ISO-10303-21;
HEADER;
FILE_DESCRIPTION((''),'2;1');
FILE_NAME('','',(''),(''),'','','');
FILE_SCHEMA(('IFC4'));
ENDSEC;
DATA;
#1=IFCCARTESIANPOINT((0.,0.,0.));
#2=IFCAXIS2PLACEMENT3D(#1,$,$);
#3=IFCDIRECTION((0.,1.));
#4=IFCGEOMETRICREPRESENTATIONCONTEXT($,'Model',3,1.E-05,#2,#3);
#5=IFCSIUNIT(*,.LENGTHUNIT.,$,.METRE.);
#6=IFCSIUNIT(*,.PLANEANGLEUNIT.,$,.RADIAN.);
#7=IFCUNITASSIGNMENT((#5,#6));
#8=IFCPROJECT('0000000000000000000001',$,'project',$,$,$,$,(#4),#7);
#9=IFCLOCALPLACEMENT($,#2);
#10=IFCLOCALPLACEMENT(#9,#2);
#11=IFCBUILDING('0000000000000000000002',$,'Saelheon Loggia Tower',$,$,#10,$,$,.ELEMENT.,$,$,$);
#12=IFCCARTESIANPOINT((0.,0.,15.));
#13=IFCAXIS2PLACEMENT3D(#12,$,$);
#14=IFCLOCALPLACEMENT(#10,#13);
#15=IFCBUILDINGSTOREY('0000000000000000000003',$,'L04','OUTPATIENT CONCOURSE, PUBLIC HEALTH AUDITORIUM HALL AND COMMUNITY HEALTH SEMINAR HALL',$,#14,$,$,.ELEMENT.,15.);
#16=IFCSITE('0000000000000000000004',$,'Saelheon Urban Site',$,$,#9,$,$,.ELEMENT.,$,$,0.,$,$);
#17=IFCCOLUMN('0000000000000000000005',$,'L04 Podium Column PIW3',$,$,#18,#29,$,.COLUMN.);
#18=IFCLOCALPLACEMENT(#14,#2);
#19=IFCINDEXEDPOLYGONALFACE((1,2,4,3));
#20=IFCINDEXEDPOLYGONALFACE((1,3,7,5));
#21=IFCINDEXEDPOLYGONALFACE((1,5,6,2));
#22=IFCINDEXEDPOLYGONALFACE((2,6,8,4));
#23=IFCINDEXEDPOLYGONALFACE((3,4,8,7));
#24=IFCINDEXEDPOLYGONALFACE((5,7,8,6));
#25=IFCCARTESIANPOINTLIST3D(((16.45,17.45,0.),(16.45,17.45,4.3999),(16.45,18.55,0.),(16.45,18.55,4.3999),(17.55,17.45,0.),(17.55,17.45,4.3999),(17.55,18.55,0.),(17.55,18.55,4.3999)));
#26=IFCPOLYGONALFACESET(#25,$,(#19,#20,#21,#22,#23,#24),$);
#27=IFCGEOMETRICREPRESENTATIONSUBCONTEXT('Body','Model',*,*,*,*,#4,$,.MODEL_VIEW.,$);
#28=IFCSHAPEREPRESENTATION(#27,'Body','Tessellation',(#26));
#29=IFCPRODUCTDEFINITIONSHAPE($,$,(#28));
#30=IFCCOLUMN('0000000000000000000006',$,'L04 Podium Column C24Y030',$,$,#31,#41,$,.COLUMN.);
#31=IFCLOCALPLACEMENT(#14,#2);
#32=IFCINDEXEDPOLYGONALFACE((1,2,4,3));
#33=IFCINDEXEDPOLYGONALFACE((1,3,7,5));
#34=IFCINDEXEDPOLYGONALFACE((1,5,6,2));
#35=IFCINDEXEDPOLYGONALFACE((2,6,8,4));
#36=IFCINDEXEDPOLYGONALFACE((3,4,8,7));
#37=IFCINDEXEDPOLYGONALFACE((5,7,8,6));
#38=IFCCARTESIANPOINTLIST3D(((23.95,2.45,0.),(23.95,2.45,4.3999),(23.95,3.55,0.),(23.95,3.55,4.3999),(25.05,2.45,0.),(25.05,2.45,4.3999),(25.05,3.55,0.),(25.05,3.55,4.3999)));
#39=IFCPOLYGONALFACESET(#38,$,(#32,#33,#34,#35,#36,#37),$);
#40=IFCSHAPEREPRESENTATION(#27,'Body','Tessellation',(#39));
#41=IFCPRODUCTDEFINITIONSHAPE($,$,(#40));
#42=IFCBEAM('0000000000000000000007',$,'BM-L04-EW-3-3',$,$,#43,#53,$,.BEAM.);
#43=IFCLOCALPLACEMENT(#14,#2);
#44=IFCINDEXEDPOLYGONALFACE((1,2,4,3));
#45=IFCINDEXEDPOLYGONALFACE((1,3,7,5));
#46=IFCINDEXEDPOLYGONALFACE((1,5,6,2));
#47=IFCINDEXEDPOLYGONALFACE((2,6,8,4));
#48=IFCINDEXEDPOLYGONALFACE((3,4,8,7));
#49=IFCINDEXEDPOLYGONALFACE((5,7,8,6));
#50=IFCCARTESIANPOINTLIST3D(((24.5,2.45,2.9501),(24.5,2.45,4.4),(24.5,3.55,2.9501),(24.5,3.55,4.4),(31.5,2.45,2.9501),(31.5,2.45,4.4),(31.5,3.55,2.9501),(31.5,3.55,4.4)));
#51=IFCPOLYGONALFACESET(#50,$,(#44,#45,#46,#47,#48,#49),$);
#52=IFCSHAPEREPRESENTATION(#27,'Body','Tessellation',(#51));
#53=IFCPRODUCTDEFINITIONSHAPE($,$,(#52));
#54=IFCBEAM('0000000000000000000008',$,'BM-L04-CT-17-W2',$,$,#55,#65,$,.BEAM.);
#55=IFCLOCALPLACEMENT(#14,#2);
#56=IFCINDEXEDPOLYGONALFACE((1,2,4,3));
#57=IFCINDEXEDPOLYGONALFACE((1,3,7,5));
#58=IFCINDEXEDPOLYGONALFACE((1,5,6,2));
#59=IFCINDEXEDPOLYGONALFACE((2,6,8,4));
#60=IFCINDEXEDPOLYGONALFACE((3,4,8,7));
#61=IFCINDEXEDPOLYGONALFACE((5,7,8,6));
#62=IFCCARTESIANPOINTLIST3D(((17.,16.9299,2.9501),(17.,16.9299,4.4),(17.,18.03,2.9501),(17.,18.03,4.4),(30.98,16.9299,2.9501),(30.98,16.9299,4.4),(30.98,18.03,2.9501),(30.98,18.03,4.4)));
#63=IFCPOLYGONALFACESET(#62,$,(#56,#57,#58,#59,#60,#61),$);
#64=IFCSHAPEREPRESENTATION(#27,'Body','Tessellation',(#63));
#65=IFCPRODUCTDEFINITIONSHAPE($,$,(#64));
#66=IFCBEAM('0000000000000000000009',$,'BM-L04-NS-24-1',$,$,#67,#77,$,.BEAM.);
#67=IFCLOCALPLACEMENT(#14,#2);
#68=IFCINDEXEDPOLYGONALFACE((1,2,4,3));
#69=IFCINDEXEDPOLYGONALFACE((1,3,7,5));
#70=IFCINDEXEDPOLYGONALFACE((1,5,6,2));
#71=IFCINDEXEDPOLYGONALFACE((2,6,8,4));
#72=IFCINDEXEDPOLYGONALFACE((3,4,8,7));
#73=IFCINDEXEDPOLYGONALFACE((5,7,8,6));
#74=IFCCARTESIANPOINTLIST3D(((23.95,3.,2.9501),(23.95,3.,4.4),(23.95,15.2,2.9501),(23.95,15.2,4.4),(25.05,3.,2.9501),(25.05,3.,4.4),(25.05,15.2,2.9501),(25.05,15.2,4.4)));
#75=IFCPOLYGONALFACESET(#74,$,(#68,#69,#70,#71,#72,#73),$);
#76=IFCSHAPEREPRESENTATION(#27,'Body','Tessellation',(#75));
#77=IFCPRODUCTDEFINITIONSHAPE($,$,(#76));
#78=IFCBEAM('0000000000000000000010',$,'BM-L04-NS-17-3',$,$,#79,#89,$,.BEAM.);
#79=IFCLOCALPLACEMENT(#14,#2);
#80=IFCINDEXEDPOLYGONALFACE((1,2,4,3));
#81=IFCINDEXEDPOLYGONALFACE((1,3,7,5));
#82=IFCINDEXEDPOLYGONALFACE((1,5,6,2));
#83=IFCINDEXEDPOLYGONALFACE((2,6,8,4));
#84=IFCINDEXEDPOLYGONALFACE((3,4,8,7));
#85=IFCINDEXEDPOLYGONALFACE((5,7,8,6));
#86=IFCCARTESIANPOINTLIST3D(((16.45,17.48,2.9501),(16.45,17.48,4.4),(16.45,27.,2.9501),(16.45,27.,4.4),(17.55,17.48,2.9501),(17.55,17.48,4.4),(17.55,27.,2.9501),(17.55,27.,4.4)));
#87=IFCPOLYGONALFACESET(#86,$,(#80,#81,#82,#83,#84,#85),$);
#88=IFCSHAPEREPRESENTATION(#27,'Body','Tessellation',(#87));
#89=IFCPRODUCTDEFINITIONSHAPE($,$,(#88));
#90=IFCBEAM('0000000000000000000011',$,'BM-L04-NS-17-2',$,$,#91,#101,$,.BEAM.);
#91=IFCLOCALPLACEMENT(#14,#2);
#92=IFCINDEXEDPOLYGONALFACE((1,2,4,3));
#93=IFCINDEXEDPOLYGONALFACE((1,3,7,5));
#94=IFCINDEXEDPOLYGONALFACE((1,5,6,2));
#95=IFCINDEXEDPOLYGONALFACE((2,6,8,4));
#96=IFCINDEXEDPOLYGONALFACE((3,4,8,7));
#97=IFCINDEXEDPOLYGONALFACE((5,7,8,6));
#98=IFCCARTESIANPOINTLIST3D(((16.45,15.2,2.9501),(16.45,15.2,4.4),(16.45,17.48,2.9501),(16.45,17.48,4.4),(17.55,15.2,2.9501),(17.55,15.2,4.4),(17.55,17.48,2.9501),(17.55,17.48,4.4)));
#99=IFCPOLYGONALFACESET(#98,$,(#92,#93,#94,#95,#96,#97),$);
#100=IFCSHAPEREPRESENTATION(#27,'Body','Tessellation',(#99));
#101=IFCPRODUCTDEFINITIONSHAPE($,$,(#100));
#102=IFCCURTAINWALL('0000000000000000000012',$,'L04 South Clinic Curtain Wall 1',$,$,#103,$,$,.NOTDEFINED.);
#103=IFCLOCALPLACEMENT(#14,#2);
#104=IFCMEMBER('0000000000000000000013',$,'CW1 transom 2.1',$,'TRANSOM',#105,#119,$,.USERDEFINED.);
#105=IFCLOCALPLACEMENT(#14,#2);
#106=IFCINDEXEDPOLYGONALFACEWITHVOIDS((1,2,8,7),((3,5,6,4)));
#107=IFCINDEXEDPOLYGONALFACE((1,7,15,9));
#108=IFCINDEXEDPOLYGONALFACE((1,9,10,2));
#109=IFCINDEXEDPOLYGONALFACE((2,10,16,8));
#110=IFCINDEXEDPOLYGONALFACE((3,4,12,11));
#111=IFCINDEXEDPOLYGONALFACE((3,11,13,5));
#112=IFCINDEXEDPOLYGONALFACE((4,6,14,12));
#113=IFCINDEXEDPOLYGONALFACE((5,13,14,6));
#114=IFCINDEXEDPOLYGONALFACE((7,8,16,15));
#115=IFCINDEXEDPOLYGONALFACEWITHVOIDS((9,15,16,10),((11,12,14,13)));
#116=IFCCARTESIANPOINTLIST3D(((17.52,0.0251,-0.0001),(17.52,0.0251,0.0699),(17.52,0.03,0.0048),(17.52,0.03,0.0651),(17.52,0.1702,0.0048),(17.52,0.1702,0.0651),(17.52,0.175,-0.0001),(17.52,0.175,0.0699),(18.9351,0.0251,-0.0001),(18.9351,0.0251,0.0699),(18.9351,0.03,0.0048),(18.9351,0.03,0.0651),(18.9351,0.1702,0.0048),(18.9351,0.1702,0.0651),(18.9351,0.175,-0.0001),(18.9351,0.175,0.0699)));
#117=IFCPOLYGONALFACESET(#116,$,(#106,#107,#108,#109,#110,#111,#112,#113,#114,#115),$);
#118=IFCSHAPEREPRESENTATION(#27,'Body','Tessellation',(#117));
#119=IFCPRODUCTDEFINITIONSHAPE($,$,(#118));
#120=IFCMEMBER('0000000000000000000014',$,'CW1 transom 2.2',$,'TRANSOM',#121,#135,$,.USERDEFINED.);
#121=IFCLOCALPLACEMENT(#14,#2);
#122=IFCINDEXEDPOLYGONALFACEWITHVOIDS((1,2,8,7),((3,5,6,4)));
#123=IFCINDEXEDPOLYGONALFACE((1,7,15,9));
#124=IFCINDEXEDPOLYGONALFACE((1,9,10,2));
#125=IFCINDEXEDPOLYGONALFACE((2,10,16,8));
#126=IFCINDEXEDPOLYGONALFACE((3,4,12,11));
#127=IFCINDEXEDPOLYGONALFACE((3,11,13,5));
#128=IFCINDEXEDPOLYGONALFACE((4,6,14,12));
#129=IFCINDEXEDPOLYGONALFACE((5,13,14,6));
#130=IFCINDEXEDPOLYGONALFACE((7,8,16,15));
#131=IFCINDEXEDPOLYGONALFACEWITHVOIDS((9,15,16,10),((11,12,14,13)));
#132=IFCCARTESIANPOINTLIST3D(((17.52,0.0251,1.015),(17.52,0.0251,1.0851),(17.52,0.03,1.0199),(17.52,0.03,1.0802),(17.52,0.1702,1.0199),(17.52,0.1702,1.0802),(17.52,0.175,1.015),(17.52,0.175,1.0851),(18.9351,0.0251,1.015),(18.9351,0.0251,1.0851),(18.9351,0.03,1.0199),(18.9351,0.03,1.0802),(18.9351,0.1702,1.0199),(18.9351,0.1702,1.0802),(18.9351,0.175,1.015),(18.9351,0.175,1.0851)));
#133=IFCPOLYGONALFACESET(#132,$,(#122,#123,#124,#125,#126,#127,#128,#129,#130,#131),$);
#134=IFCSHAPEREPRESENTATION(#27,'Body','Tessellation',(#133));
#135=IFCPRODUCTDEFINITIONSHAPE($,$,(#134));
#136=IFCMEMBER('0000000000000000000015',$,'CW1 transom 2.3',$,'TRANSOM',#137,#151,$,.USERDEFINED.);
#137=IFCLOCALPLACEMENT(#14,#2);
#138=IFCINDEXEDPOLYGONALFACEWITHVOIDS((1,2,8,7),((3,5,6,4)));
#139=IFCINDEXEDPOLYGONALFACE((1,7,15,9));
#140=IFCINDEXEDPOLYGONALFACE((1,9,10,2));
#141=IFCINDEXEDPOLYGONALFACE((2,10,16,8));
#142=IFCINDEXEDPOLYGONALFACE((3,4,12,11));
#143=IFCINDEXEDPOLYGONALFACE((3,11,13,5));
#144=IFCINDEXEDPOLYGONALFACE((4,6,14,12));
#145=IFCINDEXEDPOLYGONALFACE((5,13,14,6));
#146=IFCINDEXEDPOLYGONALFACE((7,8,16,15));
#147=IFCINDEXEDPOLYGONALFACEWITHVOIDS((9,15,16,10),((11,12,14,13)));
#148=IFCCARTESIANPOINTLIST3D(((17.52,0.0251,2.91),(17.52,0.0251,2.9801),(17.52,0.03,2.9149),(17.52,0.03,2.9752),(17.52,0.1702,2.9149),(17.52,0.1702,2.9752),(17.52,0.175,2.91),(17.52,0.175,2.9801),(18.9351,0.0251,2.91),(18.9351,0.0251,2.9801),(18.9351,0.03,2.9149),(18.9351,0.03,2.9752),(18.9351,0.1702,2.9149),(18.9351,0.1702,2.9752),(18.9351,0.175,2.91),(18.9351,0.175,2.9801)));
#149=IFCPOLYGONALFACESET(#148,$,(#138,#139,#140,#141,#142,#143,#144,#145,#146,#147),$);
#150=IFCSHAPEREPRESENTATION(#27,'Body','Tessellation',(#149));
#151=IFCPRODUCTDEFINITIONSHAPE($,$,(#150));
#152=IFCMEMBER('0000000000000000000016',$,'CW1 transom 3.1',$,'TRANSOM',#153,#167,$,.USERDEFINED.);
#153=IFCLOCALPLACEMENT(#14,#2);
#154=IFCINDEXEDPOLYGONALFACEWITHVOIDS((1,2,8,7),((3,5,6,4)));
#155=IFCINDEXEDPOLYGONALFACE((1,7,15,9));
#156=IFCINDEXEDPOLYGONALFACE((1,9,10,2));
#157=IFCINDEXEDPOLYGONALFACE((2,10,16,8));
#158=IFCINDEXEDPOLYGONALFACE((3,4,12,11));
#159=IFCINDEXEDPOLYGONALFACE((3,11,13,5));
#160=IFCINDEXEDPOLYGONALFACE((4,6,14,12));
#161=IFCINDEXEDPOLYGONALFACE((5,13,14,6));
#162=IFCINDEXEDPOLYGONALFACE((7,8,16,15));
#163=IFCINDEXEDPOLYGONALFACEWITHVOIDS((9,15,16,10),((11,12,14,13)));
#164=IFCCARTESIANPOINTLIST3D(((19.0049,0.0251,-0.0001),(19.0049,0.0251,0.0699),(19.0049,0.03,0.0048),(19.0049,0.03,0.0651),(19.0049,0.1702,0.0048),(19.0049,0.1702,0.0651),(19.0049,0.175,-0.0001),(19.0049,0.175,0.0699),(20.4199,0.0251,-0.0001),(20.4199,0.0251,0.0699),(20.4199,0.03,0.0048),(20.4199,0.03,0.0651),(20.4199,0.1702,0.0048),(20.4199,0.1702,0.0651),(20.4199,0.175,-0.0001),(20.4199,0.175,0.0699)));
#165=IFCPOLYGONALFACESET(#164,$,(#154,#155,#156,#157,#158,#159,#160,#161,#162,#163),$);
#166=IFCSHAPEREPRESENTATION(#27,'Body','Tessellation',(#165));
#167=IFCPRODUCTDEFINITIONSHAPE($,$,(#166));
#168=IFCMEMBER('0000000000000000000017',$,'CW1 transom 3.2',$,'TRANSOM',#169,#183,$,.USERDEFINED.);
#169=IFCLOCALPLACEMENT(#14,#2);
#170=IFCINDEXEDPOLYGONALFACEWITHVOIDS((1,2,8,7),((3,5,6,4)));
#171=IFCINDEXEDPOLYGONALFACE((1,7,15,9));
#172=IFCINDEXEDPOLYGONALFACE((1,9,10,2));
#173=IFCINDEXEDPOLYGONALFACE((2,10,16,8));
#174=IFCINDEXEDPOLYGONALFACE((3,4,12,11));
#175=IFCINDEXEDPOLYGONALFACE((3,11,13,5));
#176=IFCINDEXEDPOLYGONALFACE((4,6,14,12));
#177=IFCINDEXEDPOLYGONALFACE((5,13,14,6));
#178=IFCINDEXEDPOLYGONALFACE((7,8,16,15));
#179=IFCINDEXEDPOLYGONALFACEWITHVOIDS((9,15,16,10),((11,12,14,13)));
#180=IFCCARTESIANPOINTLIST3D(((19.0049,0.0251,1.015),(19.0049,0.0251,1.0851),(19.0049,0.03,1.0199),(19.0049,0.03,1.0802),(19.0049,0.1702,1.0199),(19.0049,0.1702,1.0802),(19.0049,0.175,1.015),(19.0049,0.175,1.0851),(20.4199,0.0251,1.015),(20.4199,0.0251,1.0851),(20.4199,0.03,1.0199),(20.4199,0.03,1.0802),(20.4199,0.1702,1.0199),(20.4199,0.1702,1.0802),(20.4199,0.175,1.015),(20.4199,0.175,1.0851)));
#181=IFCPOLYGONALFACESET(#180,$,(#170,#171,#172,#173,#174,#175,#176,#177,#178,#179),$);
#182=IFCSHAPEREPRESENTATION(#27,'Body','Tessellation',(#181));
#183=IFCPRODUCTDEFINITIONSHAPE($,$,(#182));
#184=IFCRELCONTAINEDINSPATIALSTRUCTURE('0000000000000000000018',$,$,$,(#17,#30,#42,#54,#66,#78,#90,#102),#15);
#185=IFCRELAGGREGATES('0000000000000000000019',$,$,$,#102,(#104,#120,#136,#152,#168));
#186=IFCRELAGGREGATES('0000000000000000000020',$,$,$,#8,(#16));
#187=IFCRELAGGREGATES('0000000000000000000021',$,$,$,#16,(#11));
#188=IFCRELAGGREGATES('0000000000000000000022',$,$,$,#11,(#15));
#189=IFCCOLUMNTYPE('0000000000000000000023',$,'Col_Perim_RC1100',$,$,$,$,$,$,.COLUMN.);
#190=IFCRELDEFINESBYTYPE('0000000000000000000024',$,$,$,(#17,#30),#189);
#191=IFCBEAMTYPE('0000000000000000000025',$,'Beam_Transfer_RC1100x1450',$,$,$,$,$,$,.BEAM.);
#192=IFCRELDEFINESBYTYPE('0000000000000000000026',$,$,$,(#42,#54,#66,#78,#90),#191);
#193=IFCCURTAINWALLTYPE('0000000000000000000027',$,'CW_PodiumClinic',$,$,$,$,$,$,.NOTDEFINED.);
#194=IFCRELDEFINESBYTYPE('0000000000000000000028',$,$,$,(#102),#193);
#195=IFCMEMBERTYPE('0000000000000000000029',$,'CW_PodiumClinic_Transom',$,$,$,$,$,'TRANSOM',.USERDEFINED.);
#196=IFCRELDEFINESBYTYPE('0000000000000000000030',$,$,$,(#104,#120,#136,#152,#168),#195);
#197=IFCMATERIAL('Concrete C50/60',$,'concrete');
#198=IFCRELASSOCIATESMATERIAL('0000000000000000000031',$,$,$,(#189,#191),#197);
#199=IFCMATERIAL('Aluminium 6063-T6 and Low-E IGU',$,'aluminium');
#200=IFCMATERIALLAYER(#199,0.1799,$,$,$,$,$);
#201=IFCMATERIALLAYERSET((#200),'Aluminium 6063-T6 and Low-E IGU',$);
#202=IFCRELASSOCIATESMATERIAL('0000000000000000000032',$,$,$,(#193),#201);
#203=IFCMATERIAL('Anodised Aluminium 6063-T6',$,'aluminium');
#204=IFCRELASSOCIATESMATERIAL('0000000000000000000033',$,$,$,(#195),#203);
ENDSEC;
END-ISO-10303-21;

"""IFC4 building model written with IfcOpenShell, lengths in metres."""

from ifc_helpers import new_model, si_unit, direction, frame, origin, origin_2d, place, context, subcontext, project, spatial, rectangle, hollow_rectangle, extrude, source, transform, mapped, material, layer, layer_set, material_profile, profile_set, type_object, element, aggregate, save


model = new_model("IFC4")

# Units and contexts
model_context = context("Model", 3, precision=1e-05, world=origin(), true_north=direction((0.0, 1.0)))
body_context = subcontext(model_context, "Body", "Model", "MODEL_VIEW")
ifc_project = project(units=[si_unit("LENGTHUNIT", "METRE"), si_unit("PLANEANGLEUNIT", "RADIAN")], contexts=[model_context])

# Site, building, storey
site_placement = place(None, origin())
site = spatial("IfcSite", under=ifc_project, at=site_placement, Name="Saelheon Urban Site", CompositionType="ELEMENT", RefElevation=0.0)
building_placement = place(site_placement, origin())
building = spatial("IfcBuilding", under=site, at=building_placement, Name="Saelheon Loggia Tower", CompositionType="ELEMENT")
storey_placement = place(building_placement, frame((0.0, 0.0, 15.0)))
storey = spatial("IfcBuildingStorey", under=building, at=storey_placement, Name="L04", Description="OUTPATIENT CONCOURSE, PUBLIC HEALTH AUDITORIUM HALL AND COMMUNITY HEALTH SEMINAR HALL", CompositionType="ELEMENT", Elevation=15.0)

# Columns
ifc_material_1 = material(Name="Concrete C50/60", Category="concrete")
ifc_material_profile_1 = material_profile(ifc_material_1, rectangle(XDim=1.1001, YDim=1.1001, at=origin_2d()), Name="RC-1100x1100")
ifc_profile_set_1 = profile_set([ifc_material_profile_1], Name="Concrete C50/60")
column_type = type_object("IfcColumnType", Name="Col_Perim_RC1100", PredefinedType="COLUMN", material=ifc_profile_set_1)
shared_shape_1 = source(origin(), body_context, "Body", "SweptSolid", [
    extrude(rectangle(XDim=1.1001, YDim=1.1001, at=origin_2d()), origin(), (0.0, 0.0, 1.0), 4.3999),
])
for number, where, z_axis, x_axis, name in (
    (1, (17.0, 18.0, 0.0), (0.0, 0.0, 1.0), (1.0, 0.0, 0.0), "L04 Podium Column PIW3"),
    (2, (24.5, 3.0, 0.0), (0.0, 0.0, 1.0), (1.0, 0.0, 0.0), "L04 Podium Column C24Y030"),
):
    element("IfcColumn", number, at=place(storey_placement, frame(where, z_axis=z_axis, x_axis=x_axis)), inside=storey, type_object=column_type, Name=name, PredefinedType="COLUMN", context=body_context, shape_type="MappedRepresentation", body=[
        mapped(shared_shape_1, transform((0.0, 0.0, 0.0), scale=1.0)),
    ])

# Beams
ifc_material_profile_2 = material_profile(ifc_material_1, rectangle(XDim=1.1001, YDim=1.45, at=origin_2d()), Name="RC-1100x1450")
ifc_profile_set_2 = profile_set([ifc_material_profile_2], Name="Concrete C50/60")
beam_type = type_object("IfcBeamType", Name="Beam_Transfer_RC1100x1450", PredefinedType="BEAM", material=ifc_profile_set_2)
shared_shape_2 = source(origin(), body_context, "Body", "SweptSolid", [
    extrude(rectangle(XDim=1.1001, YDim=1.45, at=origin_2d()), origin(), (0.0, 0.0, 1.0), 7.0),
])
beam_1_placement = place(storey_placement, frame((24.5, 3.0, 3.675), z_axis=(1.0, 0.0, 0.0), x_axis=(0.0, 1.0, 0.0)))
element("IfcBeam", 3, at=beam_1_placement, inside=storey, type_object=beam_type, Name="BM-L04-EW-3-3", PredefinedType="BEAM", context=body_context, shape_type="MappedRepresentation", body=[
    mapped(shared_shape_2, transform((0.0, 0.0, 0.0), scale=1.0)),
])
shared_shape_3 = source(origin(), body_context, "Body", "SweptSolid", [
    extrude(rectangle(XDim=1.1001, YDim=1.45, at=origin_2d()), origin(), (0.0, 0.0, 1.0), 13.98),
])
beam_2_placement = place(storey_placement, frame((17.0, 17.48, 3.675), z_axis=(1.0, 0.0, 0.0), x_axis=(0.0, 1.0, 0.0)))
element("IfcBeam", 4, at=beam_2_placement, inside=storey, type_object=beam_type, Name="BM-L04-CT-17-W2", PredefinedType="BEAM", context=body_context, shape_type="MappedRepresentation", body=[
    mapped(shared_shape_3, transform((0.0, 0.0, 0.0), scale=1.0)),
])
shared_shape_4 = source(origin(), body_context, "Body", "SweptSolid", [
    extrude(rectangle(XDim=1.1001, YDim=1.45, at=origin_2d()), origin(), (0.0, 0.0, 1.0), 12.2),
])
beam_3_placement = place(storey_placement, frame((24.5, 3.0, 3.675), z_axis=(0.0, 1.0, 0.0), x_axis=(-1.0, 0.0, 0.0)))
element("IfcBeam", 5, at=beam_3_placement, inside=storey, type_object=beam_type, Name="BM-L04-NS-24-1", PredefinedType="BEAM", context=body_context, shape_type="MappedRepresentation", body=[
    mapped(shared_shape_4, transform((0.0, 0.0, 0.0), scale=1.0)),
])
shared_shape_5 = source(origin(), body_context, "Body", "SweptSolid", [
    extrude(rectangle(XDim=1.1001, YDim=1.45, at=origin_2d()), origin(), (0.0, 0.0, 1.0), 9.52),
])
beam_4_placement = place(storey_placement, frame((17.0, 17.48, 3.675), z_axis=(0.0, 1.0, 0.0), x_axis=(-1.0, 0.0, 0.0)))
element("IfcBeam", 6, at=beam_4_placement, inside=storey, type_object=beam_type, Name="BM-L04-NS-17-3", PredefinedType="BEAM", context=body_context, shape_type="MappedRepresentation", body=[
    mapped(shared_shape_5, transform((0.0, 0.0, 0.0), scale=1.0)),
])
shared_shape_6 = source(origin(), body_context, "Body", "SweptSolid", [
    extrude(rectangle(XDim=1.1001, YDim=1.45, at=origin_2d()), origin(), (0.0, 0.0, 1.0), 2.28),
])
beam_5_placement = place(storey_placement, frame((17.0, 15.2, 3.675), z_axis=(0.0, 1.0, 0.0), x_axis=(-1.0, 0.0, 0.0)))
element("IfcBeam", 7, at=beam_5_placement, inside=storey, type_object=beam_type, Name="BM-L04-NS-17-2", PredefinedType="BEAM", context=body_context, shape_type="MappedRepresentation", body=[
    mapped(shared_shape_6, transform((0.0, 0.0, 0.0), scale=1.0)),
])

# Curtain wall, members
ifc_material_2 = material(Name="Aluminium 6063-T6 and Low-E IGU", Category="aluminium")
ifc_layer_1 = layer(ifc_material_2, 0.1799)
ifc_layer_set_1 = layer_set([ifc_layer_1], Name="Aluminium 6063-T6 and Low-E IGU")
curtain_wall_type = type_object("IfcCurtainWallType", Name="CW_PodiumClinic", PredefinedType="NOTDEFINED", material=ifc_layer_set_1)
curtain_wall_placement = place(storey_placement, origin())
curtain_wall = element("IfcCurtainWall", 8, at=curtain_wall_placement, inside=storey, type_object=curtain_wall_type, Name="L04 South Clinic Curtain Wall 1", PredefinedType="NOTDEFINED")
ifc_material_3 = material(Name="Anodised Aluminium 6063-T6", Category="aluminium")
ifc_material_profile_3 = material_profile(ifc_material_3, hollow_rectangle(XDim=0.0701, YDim=0.1499, WallThickness=0.0049, at=origin_2d()), Name="RHS-150x70x5")
ifc_profile_set_3 = profile_set([ifc_material_profile_3], Name="Anodised Aluminium 6063-T6")
member_type_1 = type_object("IfcMemberType", Name="CW_PodiumClinic_Transom", ElementType="TRANSOM", PredefinedType="USERDEFINED", material=ifc_profile_set_3)
shared_shape_7 = source(origin(), body_context, "Body", "SweptSolid", [
    extrude(hollow_rectangle(XDim=0.0701, YDim=0.1499, WallThickness=0.0049, at=origin_2d()), origin(), (0.0, 0.0, 1.0), 1.415),
])
member_1_placement = place(storey_placement, frame((17.52, 0.1001, 0.0349), z_axis=(1.0, 0.0, 0.0), x_axis=(0.0, 0.0, 1.0)))
member_1 = element("IfcMember", 9, at=member_1_placement, type_object=member_type_1, Name="CW1 transom 2.1", ObjectType="TRANSOM", PredefinedType="USERDEFINED", context=body_context, shape_type="MappedRepresentation", body=[
    mapped(shared_shape_7, transform((0.0, 0.0, 0.0), scale=1.0)),
])
member_2_placement = place(storey_placement, frame((17.52, 0.1001, 1.05), z_axis=(1.0, 0.0, 0.0), x_axis=(0.0, 0.0, 1.0)))
member_2 = element("IfcMember", 10, at=member_2_placement, type_object=member_type_1, Name="CW1 transom 2.2", ObjectType="TRANSOM", PredefinedType="USERDEFINED", context=body_context, shape_type="MappedRepresentation", body=[
    mapped(shared_shape_7, transform((0.0, 0.0, 0.0), scale=1.0)),
])
member_3_placement = place(storey_placement, frame((17.52, 0.1001, 2.9451), z_axis=(1.0, 0.0, 0.0), x_axis=(0.0, 0.0, 1.0)))
member_3 = element("IfcMember", 11, at=member_3_placement, type_object=member_type_1, Name="CW1 transom 2.3", ObjectType="TRANSOM", PredefinedType="USERDEFINED", context=body_context, shape_type="MappedRepresentation", body=[
    mapped(shared_shape_7, transform((0.0, 0.0, 0.0), scale=1.0)),
])
member_4_placement = place(storey_placement, frame((19.0049, 0.1001, 0.0349), z_axis=(1.0, 0.0, 0.0), x_axis=(0.0, 0.0, 1.0)))
member_4 = element("IfcMember", 12, at=member_4_placement, type_object=member_type_1, Name="CW1 transom 3.1", ObjectType="TRANSOM", PredefinedType="USERDEFINED", context=body_context, shape_type="MappedRepresentation", body=[
    mapped(shared_shape_7, transform((0.0, 0.0, 0.0), scale=1.0)),
])
member_5_placement = place(storey_placement, frame((19.0049, 0.1001, 1.05), z_axis=(1.0, 0.0, 0.0), x_axis=(0.0, 0.0, 1.0)))
member_5 = element("IfcMember", 13, at=member_5_placement, type_object=member_type_1, Name="CW1 transom 3.2", ObjectType="TRANSOM", PredefinedType="USERDEFINED", context=body_context, shape_type="MappedRepresentation", body=[
    mapped(shared_shape_7, transform((0.0, 0.0, 0.0), scale=1.0)),
])
aggregate(curtain_wall, [member_1, member_2, member_3, member_4, member_5])

save(model, "model.ifc")
